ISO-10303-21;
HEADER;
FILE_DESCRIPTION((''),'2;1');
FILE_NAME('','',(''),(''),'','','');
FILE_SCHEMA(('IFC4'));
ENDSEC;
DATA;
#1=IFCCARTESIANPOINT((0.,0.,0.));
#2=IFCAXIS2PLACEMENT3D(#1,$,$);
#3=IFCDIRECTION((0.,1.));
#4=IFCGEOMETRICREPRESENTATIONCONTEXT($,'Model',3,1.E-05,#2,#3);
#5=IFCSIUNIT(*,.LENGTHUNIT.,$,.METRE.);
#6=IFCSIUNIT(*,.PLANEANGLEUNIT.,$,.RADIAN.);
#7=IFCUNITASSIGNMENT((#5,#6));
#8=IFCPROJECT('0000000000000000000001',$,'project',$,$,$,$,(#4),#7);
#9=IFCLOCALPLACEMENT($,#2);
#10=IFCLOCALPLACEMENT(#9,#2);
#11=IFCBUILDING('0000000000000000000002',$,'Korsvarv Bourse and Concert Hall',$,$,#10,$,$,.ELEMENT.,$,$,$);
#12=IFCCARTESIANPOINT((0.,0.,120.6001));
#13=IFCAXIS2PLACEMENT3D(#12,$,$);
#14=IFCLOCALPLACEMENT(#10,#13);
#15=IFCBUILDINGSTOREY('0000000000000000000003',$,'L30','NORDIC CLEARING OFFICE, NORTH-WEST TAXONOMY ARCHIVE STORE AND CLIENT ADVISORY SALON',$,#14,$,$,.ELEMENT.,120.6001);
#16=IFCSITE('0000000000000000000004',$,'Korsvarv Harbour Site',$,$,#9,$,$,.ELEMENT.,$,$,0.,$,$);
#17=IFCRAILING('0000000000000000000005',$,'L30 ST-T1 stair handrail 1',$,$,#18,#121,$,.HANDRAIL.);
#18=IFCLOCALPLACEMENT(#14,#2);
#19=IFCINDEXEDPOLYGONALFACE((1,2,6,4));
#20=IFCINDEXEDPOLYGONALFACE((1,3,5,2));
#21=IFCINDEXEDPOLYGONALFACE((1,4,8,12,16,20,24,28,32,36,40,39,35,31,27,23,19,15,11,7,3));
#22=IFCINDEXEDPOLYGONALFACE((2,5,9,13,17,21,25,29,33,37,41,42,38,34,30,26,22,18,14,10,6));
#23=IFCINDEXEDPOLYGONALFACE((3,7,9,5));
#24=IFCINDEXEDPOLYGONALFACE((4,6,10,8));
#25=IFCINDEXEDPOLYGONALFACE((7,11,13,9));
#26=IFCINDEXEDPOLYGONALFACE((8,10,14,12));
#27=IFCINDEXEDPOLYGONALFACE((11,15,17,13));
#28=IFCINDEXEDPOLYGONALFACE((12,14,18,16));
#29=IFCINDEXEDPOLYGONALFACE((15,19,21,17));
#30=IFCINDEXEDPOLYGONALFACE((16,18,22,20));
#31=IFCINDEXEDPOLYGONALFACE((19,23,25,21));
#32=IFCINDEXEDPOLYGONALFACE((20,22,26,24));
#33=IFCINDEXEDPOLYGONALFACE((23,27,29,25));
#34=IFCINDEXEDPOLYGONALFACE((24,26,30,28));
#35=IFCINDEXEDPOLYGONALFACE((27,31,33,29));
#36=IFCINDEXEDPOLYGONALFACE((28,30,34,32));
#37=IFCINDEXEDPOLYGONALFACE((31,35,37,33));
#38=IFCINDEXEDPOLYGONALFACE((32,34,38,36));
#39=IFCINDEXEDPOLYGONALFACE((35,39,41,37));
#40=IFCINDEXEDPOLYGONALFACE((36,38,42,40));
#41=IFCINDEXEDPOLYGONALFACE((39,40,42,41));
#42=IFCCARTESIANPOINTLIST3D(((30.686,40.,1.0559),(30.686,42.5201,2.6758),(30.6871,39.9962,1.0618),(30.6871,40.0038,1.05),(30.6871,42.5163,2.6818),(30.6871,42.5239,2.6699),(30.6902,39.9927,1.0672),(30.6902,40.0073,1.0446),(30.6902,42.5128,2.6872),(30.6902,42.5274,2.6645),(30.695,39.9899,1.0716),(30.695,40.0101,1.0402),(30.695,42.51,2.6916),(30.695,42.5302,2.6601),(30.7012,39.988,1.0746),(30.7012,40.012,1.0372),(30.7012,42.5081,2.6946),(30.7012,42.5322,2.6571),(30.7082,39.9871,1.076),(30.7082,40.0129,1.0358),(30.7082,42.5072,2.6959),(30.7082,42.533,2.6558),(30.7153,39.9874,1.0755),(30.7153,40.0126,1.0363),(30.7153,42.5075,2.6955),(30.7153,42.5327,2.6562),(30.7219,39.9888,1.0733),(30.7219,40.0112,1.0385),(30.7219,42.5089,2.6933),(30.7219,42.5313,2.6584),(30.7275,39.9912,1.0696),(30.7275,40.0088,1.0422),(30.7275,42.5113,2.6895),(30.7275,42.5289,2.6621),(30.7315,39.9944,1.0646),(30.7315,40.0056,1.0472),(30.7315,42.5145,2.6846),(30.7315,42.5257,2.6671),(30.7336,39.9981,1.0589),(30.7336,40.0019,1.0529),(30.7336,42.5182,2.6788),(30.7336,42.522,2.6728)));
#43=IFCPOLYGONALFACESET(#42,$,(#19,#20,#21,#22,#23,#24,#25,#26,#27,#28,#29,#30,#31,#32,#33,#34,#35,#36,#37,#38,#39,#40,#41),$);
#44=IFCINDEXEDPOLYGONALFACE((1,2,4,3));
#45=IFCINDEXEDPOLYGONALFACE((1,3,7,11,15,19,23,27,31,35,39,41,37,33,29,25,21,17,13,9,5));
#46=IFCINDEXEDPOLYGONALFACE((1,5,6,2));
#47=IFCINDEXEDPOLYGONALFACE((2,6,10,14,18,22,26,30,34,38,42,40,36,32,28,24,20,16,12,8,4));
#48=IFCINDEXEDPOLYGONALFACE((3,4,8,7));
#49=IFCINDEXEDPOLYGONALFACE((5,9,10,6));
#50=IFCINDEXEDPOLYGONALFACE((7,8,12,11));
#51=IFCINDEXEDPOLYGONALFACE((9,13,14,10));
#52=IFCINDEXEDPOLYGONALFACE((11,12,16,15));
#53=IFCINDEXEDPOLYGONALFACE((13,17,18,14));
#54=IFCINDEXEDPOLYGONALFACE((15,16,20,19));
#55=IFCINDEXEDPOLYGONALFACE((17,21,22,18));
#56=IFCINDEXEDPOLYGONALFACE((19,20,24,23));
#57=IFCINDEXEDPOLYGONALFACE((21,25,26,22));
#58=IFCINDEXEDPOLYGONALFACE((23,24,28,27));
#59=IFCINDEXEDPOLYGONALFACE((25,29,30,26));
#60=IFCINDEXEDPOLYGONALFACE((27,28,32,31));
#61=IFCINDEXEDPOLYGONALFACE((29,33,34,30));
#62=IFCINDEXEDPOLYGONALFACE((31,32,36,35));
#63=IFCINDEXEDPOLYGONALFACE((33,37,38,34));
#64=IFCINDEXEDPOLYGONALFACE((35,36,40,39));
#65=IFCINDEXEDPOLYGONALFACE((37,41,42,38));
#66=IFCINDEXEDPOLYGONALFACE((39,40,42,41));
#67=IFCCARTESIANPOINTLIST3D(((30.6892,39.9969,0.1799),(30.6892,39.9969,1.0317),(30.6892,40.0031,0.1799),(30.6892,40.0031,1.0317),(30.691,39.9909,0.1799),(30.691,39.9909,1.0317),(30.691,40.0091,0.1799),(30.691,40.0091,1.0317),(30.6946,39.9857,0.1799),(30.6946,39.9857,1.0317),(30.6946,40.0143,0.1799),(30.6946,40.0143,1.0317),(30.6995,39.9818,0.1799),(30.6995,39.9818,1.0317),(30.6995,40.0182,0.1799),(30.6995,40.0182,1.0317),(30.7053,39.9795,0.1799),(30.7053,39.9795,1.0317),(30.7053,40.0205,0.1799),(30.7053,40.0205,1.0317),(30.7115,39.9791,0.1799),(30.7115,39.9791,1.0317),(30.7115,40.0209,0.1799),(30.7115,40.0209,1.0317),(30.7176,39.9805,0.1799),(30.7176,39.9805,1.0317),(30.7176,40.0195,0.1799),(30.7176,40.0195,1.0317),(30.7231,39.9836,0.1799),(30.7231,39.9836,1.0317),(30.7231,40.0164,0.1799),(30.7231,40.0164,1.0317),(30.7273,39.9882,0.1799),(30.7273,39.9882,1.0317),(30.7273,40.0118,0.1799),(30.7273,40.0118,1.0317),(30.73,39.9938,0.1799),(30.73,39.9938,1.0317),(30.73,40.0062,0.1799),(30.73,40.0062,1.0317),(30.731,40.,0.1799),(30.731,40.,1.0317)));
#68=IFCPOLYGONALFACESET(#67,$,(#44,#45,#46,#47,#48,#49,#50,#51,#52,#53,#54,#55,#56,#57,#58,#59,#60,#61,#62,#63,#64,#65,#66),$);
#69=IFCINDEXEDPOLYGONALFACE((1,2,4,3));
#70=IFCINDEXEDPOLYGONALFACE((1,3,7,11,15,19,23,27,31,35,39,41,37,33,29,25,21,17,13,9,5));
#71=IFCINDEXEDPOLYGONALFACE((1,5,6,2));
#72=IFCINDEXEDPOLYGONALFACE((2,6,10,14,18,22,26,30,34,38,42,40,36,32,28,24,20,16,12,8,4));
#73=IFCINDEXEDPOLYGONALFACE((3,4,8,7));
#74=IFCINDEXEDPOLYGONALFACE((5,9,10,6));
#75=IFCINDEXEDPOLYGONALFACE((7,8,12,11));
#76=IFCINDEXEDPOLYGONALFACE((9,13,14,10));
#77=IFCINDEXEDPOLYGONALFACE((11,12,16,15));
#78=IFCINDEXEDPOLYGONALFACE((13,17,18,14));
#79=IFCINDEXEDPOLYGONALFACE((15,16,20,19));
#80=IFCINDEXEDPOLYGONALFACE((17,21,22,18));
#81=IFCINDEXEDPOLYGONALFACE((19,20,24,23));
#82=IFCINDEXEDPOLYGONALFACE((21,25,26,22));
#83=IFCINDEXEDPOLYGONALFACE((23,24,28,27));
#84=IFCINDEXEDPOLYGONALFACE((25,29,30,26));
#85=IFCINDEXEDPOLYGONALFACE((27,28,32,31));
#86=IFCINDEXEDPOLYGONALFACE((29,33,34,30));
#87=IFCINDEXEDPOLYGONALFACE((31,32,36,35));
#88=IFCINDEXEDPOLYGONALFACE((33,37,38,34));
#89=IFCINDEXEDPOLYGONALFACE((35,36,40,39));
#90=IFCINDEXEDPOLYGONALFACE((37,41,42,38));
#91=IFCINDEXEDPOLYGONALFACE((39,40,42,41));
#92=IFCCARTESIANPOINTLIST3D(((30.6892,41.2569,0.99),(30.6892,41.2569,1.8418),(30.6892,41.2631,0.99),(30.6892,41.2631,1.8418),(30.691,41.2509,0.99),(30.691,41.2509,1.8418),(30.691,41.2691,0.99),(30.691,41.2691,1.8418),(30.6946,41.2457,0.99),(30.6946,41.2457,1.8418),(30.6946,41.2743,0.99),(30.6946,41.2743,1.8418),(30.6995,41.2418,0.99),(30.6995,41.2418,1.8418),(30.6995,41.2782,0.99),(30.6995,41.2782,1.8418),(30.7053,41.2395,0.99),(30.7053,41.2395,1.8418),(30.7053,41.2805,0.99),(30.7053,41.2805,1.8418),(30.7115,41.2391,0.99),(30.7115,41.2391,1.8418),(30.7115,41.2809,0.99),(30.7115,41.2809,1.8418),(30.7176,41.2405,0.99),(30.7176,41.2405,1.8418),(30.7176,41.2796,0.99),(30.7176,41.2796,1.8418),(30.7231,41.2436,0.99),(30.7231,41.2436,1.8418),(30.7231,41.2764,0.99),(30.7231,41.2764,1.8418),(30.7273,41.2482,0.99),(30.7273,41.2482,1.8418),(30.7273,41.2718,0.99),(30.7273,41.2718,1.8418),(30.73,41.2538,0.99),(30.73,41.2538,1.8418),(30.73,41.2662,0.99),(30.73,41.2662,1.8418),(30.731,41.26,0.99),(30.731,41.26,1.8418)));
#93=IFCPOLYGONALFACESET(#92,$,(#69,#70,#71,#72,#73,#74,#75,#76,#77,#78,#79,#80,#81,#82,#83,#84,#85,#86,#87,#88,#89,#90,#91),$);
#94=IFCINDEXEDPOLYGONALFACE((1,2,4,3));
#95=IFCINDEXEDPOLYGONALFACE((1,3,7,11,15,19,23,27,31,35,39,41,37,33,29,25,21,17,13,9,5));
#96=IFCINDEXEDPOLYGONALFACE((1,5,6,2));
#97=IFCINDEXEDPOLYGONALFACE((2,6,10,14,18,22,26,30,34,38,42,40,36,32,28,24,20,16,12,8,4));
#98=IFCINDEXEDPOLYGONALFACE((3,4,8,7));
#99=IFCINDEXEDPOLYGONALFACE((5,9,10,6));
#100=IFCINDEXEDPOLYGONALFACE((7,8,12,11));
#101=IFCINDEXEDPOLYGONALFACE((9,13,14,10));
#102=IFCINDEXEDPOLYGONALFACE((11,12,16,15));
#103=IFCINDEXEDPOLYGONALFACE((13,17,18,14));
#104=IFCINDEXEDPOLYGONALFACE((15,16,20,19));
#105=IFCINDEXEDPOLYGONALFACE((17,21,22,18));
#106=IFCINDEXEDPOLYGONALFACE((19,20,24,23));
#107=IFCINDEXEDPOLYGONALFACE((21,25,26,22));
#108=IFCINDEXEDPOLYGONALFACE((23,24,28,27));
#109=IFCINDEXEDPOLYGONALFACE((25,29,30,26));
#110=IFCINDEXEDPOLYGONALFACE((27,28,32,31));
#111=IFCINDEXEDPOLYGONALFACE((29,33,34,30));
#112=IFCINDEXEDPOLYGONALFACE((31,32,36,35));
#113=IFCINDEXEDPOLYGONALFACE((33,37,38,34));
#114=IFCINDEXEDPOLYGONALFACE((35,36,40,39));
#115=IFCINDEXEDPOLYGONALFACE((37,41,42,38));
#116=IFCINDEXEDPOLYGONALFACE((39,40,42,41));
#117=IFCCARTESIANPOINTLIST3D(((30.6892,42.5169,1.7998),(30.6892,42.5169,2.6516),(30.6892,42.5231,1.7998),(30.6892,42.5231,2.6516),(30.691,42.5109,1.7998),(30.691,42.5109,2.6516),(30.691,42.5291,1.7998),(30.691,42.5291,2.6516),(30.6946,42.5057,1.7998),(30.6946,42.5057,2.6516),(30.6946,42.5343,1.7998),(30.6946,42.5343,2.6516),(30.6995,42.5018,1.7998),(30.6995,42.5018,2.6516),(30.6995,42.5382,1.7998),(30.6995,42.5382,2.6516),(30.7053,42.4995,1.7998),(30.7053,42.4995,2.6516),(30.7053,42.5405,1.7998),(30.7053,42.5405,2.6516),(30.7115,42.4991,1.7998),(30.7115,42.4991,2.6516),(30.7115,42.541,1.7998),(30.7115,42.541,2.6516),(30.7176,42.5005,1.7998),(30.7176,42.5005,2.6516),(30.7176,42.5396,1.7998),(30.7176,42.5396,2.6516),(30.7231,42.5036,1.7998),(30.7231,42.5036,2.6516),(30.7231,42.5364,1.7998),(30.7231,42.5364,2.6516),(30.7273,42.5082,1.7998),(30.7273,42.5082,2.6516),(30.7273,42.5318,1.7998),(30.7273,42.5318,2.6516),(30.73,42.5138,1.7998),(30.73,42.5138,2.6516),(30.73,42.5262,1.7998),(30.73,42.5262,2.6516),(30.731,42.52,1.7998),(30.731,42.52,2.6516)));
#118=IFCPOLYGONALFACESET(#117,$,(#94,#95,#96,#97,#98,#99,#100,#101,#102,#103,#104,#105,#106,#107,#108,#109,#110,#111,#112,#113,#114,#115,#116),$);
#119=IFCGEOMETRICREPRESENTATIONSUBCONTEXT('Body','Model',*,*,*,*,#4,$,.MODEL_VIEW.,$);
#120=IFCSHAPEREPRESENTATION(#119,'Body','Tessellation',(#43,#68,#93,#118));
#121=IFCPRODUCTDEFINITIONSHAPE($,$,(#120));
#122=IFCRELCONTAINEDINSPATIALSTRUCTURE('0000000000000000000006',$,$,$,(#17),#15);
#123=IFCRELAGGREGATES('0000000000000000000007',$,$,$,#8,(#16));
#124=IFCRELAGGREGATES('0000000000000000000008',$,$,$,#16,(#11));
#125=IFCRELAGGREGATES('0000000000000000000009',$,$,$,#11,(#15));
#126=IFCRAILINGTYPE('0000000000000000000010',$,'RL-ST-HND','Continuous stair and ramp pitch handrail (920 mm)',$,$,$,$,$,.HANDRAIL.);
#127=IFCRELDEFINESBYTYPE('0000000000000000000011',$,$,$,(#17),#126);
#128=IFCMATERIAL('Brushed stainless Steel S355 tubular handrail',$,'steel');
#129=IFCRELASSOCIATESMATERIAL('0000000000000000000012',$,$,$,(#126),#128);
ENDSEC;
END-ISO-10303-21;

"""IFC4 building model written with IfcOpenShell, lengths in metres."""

from ifc_helpers import new_model, si_unit, direction, frame, origin, origin_2d, place, context, subcontext, project, spatial, circle, extrude, material, type_object, element, save


model = new_model("IFC4")

# Units and contexts
model_context = context("Model", 3, precision=1e-05, world=origin(), true_north=direction((0.0, 1.0)))
body_context = subcontext(model_context, "Body", "Model", "MODEL_VIEW")
ifc_project = project(units=[si_unit("LENGTHUNIT", "METRE"), si_unit("PLANEANGLEUNIT", "RADIAN")], contexts=[model_context])

# Site, building, storey
site_placement = place(None, origin())
site = spatial("IfcSite", under=ifc_project, at=site_placement, Name="Korsvarv Harbour Site", CompositionType="ELEMENT", RefElevation=0.0)
building_placement = place(site_placement, origin())
building = spatial("IfcBuilding", under=site, at=building_placement, Name="Korsvarv Bourse and Concert Hall", CompositionType="ELEMENT")
storey_placement = place(building_placement, frame((0.0, 0.0, 120.6001)))
storey = spatial("IfcBuildingStorey", under=building, at=storey_placement, Name="L30", Description="NORDIC CLEARING OFFICE, NORTH-WEST TAXONOMY ARCHIVE STORE AND CLIENT ADVISORY SALON", CompositionType="ELEMENT", Elevation=120.6001)

# Railing
ifc_material_1 = material(Name="Brushed stainless Steel S355 tubular handrail", Category="steel")
railing_type_1 = type_object("IfcRailingType", Name="RL-ST-HND", Description="Continuous stair and ramp pitch handrail (920 mm)", PredefinedType="HANDRAIL", material=ifc_material_1)
railing_1_placement = place(storey_placement, frame((30.71, 40.0, 0.1799)))
element("IfcRailing", 1, at=railing_1_placement, inside=storey, type_object=railing_type_1, Name="L30 ST-T1 stair handrail 1", PredefinedType="HANDRAIL", context=body_context, shape_type="SweptSolid", body=[
    extrude(circle(Radius=0.0239, at=origin_2d()), frame((0.0, 0.0, 0.876), z_axis=(0.0, 0.8412, 0.540725), x_axis=(-1.0, 0.0, 0.0)), (0.0, 0.0, 1.0), 2.9958),
    extrude(circle(Radius=0.021, at=origin_2d()), origin(), (0.0, 0.0, 1.0), 0.8518),
    extrude(circle(Radius=0.021, at=origin_2d()), frame((0.0, 1.26, 0.8101)), (0.0, 0.0, 1.0), 0.8518),
    extrude(circle(Radius=0.021, at=origin_2d()), frame((0.0, 2.52, 1.6199)), (0.0, 0.0, 1.0), 0.8518),
])

save(model, "model.ifc")
